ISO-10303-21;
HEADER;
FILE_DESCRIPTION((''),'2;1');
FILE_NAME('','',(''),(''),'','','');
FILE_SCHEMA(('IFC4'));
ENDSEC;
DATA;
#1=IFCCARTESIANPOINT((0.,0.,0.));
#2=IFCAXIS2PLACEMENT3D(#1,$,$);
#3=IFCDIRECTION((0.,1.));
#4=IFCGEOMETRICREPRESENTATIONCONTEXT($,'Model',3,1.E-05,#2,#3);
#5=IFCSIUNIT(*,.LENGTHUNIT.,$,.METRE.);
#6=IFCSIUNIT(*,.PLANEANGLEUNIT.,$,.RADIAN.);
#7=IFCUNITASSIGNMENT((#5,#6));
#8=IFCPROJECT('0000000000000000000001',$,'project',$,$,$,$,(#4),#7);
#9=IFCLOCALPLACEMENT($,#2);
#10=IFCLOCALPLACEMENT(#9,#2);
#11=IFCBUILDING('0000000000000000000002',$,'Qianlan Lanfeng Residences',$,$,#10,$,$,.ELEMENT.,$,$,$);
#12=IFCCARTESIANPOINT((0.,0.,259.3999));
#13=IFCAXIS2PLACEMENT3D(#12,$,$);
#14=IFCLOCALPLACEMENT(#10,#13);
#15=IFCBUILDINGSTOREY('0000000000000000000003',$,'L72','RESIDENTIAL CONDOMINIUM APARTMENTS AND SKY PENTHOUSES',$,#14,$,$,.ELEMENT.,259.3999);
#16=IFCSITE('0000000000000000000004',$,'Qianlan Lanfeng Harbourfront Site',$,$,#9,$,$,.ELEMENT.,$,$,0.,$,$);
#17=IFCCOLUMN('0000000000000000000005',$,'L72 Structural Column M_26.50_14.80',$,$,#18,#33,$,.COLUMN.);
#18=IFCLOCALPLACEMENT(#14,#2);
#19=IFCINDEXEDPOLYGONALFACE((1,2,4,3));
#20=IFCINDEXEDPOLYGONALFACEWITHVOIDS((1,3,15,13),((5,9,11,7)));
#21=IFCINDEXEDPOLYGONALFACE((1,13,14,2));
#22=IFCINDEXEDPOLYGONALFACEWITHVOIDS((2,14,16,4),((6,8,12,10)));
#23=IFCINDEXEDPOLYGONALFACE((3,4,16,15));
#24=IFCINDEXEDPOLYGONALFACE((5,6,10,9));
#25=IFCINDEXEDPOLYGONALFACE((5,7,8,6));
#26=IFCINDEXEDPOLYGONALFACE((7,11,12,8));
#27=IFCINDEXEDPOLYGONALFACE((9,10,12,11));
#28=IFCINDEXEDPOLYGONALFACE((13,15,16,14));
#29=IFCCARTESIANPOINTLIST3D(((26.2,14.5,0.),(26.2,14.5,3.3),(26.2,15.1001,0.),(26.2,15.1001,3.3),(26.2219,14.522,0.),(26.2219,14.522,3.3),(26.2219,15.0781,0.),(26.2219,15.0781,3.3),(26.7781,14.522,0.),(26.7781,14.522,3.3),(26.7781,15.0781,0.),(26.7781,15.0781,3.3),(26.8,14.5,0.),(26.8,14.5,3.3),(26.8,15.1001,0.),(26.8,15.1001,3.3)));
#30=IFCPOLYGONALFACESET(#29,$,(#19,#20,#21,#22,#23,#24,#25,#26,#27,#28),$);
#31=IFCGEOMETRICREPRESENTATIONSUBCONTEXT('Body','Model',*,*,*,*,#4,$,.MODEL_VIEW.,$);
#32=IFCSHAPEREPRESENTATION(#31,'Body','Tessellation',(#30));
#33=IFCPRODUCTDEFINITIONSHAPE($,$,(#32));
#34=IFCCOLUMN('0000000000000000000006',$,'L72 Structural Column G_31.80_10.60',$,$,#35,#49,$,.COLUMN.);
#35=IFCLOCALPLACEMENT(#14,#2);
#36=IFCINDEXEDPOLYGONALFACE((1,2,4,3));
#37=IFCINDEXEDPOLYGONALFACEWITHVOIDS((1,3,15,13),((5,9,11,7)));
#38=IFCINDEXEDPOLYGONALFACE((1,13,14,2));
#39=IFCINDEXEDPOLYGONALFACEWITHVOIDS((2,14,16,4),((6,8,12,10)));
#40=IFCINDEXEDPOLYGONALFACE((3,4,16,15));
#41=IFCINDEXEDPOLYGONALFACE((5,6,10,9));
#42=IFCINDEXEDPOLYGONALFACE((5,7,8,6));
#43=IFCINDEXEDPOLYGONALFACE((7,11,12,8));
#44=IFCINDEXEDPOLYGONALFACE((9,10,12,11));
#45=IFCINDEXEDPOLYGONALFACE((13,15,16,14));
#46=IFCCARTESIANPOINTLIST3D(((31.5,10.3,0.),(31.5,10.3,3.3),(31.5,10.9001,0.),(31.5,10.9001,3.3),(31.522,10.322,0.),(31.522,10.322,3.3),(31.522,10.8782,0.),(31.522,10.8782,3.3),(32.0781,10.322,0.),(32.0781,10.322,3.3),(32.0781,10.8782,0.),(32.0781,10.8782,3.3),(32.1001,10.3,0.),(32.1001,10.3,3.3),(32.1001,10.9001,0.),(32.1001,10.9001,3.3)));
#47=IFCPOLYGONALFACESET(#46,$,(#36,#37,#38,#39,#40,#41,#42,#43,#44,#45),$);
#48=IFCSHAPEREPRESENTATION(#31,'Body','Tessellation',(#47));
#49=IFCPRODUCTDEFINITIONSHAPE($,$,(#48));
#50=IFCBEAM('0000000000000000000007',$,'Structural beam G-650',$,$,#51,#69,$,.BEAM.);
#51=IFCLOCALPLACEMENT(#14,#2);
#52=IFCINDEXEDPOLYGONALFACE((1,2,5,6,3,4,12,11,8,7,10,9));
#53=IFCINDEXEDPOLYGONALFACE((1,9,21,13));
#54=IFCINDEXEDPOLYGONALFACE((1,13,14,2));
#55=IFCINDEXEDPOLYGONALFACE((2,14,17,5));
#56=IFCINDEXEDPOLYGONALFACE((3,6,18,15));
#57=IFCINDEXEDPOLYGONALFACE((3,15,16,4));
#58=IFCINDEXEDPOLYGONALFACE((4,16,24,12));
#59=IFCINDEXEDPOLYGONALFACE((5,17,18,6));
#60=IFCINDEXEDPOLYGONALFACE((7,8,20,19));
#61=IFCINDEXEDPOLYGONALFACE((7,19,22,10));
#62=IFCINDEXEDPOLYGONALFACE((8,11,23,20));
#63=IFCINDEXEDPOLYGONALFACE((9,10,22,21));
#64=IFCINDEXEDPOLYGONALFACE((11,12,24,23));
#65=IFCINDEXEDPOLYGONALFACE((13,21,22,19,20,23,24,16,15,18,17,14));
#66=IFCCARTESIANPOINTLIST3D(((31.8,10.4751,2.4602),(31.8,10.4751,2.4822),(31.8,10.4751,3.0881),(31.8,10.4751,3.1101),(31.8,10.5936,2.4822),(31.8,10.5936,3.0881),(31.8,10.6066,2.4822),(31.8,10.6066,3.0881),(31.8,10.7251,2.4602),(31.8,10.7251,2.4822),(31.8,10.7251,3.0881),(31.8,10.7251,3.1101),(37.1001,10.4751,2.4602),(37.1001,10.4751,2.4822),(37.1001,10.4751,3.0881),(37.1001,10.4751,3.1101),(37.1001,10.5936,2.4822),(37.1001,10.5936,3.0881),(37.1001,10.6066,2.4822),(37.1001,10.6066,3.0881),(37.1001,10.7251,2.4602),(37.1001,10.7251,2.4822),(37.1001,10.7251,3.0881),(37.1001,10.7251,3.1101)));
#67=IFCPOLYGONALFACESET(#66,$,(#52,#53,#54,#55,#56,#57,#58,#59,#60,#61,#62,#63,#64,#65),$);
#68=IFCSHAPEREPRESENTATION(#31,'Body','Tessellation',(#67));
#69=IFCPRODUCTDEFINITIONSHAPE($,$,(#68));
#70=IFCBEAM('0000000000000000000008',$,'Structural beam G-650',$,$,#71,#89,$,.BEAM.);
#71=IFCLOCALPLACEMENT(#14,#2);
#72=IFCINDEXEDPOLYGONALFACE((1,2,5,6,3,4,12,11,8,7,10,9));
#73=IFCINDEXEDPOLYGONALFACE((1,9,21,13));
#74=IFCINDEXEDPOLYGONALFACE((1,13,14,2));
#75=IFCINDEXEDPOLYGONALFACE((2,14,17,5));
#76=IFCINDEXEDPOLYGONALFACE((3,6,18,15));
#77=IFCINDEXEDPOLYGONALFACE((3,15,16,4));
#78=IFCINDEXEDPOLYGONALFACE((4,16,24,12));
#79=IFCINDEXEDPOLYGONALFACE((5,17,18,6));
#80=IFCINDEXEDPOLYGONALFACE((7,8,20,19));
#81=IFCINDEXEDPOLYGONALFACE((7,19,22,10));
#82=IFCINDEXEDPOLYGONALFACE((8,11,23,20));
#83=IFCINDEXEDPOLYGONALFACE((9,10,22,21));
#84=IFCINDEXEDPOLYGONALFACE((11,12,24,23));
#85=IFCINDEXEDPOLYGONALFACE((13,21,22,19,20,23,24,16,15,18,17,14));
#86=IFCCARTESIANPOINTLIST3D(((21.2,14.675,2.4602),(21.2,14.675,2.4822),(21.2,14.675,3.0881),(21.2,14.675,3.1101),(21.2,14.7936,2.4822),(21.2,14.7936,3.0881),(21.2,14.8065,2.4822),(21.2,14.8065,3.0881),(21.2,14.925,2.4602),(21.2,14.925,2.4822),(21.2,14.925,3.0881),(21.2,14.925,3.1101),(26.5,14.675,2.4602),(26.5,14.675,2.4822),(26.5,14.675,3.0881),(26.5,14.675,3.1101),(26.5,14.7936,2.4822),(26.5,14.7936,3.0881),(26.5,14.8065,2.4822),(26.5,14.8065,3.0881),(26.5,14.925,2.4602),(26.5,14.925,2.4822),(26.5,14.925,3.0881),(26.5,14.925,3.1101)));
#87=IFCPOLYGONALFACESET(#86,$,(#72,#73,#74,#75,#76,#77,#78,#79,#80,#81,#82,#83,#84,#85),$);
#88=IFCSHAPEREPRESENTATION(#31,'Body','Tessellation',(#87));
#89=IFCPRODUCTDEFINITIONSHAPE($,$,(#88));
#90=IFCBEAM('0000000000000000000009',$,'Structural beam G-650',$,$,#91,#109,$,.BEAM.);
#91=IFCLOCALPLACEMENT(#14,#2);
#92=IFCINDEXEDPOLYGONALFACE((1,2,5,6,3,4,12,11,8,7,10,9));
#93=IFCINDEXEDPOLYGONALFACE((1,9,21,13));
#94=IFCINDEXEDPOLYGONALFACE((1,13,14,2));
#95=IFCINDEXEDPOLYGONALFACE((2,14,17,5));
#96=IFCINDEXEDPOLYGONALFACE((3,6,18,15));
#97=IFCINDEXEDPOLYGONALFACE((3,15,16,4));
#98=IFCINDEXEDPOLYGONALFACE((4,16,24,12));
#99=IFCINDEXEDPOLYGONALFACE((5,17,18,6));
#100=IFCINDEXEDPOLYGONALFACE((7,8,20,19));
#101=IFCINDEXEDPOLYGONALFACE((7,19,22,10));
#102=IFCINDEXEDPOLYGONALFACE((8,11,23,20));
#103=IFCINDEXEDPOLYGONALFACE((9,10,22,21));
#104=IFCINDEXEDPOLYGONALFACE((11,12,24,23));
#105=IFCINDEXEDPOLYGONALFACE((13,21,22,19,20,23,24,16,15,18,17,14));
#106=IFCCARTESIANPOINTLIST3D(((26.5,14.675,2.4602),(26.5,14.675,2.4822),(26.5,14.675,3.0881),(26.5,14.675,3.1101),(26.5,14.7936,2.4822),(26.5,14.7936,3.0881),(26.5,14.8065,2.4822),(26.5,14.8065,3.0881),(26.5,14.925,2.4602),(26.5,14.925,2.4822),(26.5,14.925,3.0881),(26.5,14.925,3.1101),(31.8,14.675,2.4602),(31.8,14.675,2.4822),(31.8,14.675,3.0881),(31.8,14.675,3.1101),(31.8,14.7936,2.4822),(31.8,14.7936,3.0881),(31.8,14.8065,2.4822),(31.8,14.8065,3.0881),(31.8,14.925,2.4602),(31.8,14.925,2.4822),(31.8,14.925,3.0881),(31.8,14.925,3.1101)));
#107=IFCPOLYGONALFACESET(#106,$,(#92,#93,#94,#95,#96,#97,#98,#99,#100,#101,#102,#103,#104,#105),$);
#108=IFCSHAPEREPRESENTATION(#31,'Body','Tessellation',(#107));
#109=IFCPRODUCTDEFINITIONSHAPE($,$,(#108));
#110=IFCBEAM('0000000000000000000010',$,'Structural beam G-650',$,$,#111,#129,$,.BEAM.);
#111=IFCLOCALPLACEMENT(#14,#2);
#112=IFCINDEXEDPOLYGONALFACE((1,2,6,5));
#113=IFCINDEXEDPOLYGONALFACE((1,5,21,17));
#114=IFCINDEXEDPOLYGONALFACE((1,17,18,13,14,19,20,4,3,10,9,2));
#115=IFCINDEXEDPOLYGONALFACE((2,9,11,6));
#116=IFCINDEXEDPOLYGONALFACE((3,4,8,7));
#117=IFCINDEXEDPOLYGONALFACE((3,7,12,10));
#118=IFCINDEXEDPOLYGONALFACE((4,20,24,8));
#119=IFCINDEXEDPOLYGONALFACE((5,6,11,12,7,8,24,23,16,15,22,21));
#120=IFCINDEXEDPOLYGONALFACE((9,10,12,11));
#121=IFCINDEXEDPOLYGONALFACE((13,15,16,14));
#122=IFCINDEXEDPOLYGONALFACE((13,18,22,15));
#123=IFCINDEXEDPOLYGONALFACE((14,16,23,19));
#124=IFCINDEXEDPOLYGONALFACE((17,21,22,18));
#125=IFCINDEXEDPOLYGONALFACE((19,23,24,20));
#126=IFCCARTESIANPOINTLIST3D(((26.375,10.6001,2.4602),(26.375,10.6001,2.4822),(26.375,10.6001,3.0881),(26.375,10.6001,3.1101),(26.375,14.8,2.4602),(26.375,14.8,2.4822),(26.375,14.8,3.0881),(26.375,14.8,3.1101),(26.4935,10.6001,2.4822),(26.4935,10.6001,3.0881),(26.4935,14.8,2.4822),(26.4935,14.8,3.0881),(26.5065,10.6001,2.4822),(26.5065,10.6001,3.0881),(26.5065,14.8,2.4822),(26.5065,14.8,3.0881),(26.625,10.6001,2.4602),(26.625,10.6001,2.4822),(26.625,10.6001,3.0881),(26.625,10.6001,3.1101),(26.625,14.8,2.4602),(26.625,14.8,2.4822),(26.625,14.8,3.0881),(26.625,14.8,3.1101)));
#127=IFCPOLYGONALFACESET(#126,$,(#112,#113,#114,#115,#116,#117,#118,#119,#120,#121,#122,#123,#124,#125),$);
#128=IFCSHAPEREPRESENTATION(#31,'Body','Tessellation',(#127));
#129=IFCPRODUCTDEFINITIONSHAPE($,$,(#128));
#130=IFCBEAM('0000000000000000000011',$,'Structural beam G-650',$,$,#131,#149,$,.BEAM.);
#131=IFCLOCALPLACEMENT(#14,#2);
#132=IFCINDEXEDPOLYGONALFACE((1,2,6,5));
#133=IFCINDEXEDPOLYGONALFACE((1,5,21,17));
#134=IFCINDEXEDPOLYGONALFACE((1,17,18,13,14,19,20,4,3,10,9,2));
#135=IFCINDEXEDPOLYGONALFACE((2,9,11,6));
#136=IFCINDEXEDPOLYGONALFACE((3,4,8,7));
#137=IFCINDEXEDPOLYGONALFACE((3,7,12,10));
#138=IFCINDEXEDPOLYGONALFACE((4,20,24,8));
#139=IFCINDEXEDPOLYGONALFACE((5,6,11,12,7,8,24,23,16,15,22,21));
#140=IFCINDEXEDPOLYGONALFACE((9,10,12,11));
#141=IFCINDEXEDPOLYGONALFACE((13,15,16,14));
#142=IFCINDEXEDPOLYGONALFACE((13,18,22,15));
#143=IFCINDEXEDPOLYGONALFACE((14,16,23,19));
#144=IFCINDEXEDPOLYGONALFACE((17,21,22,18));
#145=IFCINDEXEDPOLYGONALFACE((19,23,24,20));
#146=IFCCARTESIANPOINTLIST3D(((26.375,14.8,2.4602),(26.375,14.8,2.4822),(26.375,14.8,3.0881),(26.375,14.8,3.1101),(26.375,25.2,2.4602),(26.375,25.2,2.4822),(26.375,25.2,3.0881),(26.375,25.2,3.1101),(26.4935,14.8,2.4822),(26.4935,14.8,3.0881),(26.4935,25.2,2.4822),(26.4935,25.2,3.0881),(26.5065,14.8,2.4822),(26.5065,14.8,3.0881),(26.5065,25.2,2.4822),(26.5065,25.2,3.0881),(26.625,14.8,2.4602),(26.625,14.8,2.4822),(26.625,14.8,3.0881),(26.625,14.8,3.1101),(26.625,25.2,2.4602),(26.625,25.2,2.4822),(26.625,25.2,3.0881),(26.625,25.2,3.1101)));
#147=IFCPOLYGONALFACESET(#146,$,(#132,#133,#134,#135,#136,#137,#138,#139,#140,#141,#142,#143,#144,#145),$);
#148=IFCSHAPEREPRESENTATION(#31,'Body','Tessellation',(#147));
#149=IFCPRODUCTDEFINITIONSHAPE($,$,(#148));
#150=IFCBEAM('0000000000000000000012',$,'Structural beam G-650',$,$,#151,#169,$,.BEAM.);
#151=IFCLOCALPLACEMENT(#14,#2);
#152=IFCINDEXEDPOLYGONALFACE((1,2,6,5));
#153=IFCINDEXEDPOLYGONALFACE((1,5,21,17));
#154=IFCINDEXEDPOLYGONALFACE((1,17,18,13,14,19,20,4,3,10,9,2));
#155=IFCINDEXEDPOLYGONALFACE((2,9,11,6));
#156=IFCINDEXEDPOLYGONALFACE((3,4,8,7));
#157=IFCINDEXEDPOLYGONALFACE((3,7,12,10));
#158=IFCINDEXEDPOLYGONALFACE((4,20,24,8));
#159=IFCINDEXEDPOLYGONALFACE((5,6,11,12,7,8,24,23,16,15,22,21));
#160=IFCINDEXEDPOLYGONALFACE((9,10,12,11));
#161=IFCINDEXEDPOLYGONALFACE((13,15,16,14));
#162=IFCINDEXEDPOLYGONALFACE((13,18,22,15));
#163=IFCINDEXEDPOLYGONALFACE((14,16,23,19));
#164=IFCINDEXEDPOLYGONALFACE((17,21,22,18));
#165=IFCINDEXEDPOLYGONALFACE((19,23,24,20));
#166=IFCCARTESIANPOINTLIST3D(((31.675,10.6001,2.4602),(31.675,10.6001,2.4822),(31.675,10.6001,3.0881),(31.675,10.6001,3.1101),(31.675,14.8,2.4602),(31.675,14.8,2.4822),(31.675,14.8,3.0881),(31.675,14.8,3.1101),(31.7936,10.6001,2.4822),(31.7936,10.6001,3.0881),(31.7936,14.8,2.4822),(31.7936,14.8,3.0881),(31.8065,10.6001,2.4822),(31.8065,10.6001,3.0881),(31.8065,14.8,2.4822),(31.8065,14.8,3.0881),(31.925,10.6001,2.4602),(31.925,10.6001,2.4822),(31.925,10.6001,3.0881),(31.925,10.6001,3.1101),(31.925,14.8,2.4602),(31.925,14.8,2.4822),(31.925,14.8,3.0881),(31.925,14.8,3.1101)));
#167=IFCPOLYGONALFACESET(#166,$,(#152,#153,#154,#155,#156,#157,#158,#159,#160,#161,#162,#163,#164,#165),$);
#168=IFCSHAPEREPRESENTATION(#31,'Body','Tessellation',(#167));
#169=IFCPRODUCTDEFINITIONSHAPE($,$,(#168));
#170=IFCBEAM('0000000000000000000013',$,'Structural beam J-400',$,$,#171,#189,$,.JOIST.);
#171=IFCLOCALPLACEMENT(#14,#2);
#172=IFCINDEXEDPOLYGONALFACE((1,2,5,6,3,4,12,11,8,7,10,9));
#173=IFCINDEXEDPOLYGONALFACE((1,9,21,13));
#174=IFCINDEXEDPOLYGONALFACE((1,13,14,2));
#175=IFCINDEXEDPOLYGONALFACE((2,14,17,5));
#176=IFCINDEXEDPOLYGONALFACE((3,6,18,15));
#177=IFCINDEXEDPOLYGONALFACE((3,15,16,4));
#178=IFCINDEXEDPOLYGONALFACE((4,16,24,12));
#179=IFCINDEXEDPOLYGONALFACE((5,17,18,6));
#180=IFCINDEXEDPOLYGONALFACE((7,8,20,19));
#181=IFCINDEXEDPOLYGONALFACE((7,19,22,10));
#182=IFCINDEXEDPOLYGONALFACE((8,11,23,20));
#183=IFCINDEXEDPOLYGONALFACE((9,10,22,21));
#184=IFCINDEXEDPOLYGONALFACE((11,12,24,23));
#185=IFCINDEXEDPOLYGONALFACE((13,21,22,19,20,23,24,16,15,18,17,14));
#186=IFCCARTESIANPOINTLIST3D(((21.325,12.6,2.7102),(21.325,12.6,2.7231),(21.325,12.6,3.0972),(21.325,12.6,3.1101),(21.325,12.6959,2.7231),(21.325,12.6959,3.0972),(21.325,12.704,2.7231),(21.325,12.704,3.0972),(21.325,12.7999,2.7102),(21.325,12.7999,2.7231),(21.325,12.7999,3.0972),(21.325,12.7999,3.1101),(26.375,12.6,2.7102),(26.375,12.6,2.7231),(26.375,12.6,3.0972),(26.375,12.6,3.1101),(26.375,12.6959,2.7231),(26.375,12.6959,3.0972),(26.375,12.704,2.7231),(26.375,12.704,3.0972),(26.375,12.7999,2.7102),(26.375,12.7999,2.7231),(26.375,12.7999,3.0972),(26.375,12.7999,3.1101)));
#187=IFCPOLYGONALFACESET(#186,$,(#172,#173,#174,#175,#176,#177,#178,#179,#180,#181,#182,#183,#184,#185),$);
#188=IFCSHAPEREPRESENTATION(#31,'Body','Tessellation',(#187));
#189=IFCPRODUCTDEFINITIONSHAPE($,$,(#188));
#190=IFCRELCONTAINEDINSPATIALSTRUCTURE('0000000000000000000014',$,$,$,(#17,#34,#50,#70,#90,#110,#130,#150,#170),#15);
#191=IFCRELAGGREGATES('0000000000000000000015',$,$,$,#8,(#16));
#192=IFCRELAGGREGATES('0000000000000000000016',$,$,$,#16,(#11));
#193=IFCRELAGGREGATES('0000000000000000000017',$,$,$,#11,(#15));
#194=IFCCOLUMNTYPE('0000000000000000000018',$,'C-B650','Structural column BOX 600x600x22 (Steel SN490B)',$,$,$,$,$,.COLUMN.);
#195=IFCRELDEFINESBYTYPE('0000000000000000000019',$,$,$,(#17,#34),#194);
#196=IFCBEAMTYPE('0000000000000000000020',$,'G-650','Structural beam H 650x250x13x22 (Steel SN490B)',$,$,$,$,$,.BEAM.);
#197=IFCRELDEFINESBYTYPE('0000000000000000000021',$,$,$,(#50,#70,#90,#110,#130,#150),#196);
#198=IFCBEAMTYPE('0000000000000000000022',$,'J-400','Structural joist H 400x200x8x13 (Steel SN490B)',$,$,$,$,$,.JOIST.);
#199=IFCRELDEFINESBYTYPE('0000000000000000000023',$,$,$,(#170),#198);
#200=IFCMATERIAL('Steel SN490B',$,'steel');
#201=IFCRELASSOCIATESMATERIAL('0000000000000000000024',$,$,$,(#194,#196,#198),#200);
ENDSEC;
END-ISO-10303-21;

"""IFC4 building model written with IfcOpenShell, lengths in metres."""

from ifc_helpers import new_model, si_unit, direction, frame, origin, origin_2d, place, context, subcontext, project, spatial, hollow_rectangle, i_section, extrude, material, material_profile, profile_set, type_object, element, save


model = new_model("IFC4")

# Units and contexts
model_context = context("Model", 3, precision=1e-05, world=origin(), true_north=direction((0.0, 1.0)))
body_context = subcontext(model_context, "Body", "Model", "MODEL_VIEW")
ifc_project = project(units=[si_unit("LENGTHUNIT", "METRE"), si_unit("PLANEANGLEUNIT", "RADIAN")], contexts=[model_context])

# Site, building, storey
site_placement = place(None, origin())
site = spatial("IfcSite", under=ifc_project, at=site_placement, Name="Qianlan Lanfeng Harbourfront Site", CompositionType="ELEMENT", RefElevation=0.0)
building_placement = place(site_placement, origin())
building = spatial("IfcBuilding", under=site, at=building_placement, Name="Qianlan Lanfeng Residences", CompositionType="ELEMENT")
storey_placement = place(building_placement, frame((0.0, 0.0, 259.3999)))
storey = spatial("IfcBuildingStorey", under=building, at=storey_placement, Name="L72", Description="RESIDENTIAL CONDOMINIUM APARTMENTS AND SKY PENTHOUSES", CompositionType="ELEMENT", Elevation=259.3999)

# Columns
ifc_material_1 = material(Name="Steel SN490B", Category="steel")
ifc_material_profile_1 = material_profile(ifc_material_1, hollow_rectangle(XDim=0.6001, YDim=0.6001, WallThickness=0.022, at=origin_2d()), Name="BOX 600x600x22")
ifc_profile_set_1 = profile_set([ifc_material_profile_1], Name="Steel SN490B")
column_type = type_object("IfcColumnType", Name="C-B650", Description="Structural column BOX 600x600x22 (Steel SN490B)", PredefinedType="COLUMN", material=ifc_profile_set_1)
for number, where, z_axis, x_axis, name in (
    (1, (26.5, 14.8, 0.0), (0.0, 0.0, 1.0), (1.0, 0.0, 0.0), "L72 Structural Column M_26.50_14.80"),
    (2, (31.8, 10.6001, 0.0), (0.0, 0.0, 1.0), (1.0, 0.0, 0.0), "L72 Structural Column G_31.80_10.60"),
):
    element("IfcColumn", number, at=place(storey_placement, frame(where, z_axis=z_axis, x_axis=x_axis)), inside=storey, type_object=column_type, Name=name, PredefinedType="COLUMN", context=body_context, shape_type="SweptSolid", body=[
        extrude(hollow_rectangle(XDim=0.6001, YDim=0.6001, WallThickness=0.022, at=origin_2d()), origin(), (0.0, 0.0, 1.0), 3.3),
    ])

# Beams
ifc_material_profile_2 = material_profile(ifc_material_1, i_section(OverallWidth=0.25, OverallDepth=0.6499, WebThickness=0.0129, FlangeThickness=0.022, at=origin_2d()), Name="H 650x250x13x22")
ifc_profile_set_2 = profile_set([ifc_material_profile_2], Name="Steel SN490B")
beam_type_1 = type_object("IfcBeamType", Name="G-650", Description="Structural beam H 650x250x13x22 (Steel SN490B)", PredefinedType="BEAM", material=ifc_profile_set_2)
for number, where, z_axis, x_axis, name in (
    (3, (31.8, 10.6001, 2.7852), (1.0, 0.0, 0.0), (0.0, 1.0, 0.0), "Structural beam G-650"),
    (4, (21.2, 14.8, 2.7852), (1.0, 0.0, 0.0), (0.0, 1.0, 0.0), "Structural beam G-650"),
    (5, (26.5, 14.8, 2.7852), (1.0, 0.0, 0.0), (0.0, 1.0, 0.0), "Structural beam G-650"),
):
    element("IfcBeam", number, at=place(storey_placement, frame(where, z_axis=z_axis, x_axis=x_axis)), inside=storey, type_object=beam_type_1, Name=name, PredefinedType="BEAM", context=body_context, shape_type="SweptSolid", body=[
        extrude(i_section(OverallWidth=0.25, OverallDepth=0.6499, WebThickness=0.0129, FlangeThickness=0.022, at=origin_2d()), origin(), (0.0, 0.0, 1.0), 5.3),
    ])
beam_1_placement = place(storey_placement, frame((26.5, 10.6001, 2.7852), z_axis=(0.0, 1.0, 0.0), x_axis=(-1.0, 0.0, 0.0)))
element("IfcBeam", 6, at=beam_1_placement, inside=storey, type_object=beam_type_1, Name="Structural beam G-650", PredefinedType="BEAM", context=body_context, shape_type="SweptSolid", body=[
    extrude(i_section(OverallWidth=0.25, OverallDepth=0.6499, WebThickness=0.0129, FlangeThickness=0.022, at=origin_2d()), origin(), (0.0, 0.0, 1.0), 4.2),
])
beam_2_placement = place(storey_placement, frame((26.5, 14.8, 2.7852), z_axis=(0.0, 1.0, 0.0), x_axis=(-1.0, 0.0, 0.0)))
element("IfcBeam", 7, at=beam_2_placement, inside=storey, type_object=beam_type_1, Name="Structural beam G-650", PredefinedType="BEAM", context=body_context, shape_type="SweptSolid", body=[
    extrude(i_section(OverallWidth=0.25, OverallDepth=0.6499, WebThickness=0.0129, FlangeThickness=0.022, at=origin_2d()), origin(), (0.0, 0.0, 1.0), 10.3999),
])
beam_3_placement = place(storey_placement, frame((31.8, 10.6001, 2.7852), z_axis=(0.0, 1.0, 0.0), x_axis=(-1.0, 0.0, 0.0)))
element("IfcBeam", 8, at=beam_3_placement, inside=storey, type_object=beam_type_1, Name="Structural beam G-650", PredefinedType="BEAM", context=body_context, shape_type="SweptSolid", body=[
    extrude(i_section(OverallWidth=0.25, OverallDepth=0.6499, WebThickness=0.0129, FlangeThickness=0.022, at=origin_2d()), origin(), (0.0, 0.0, 1.0), 4.2),
])
ifc_material_profile_3 = material_profile(ifc_material_1, i_section(OverallWidth=0.2, OverallDepth=0.3999, WebThickness=0.0081, FlangeThickness=0.0129, at=origin_2d()), Name="H 400x200x8x13")
ifc_profile_set_3 = profile_set([ifc_material_profile_3], Name="Steel SN490B")
beam_type_2 = type_object("IfcBeamType", Name="J-400", Description="Structural joist H 400x200x8x13 (Steel SN490B)", PredefinedType="JOIST", material=ifc_profile_set_3)
for number, where, z_axis, x_axis, name in (
    (9, (21.325, 12.7, 2.9102), (1.0, 0.0, 0.0), (0.0, 1.0, 0.0), "Structural beam J-400"),
):
    element("IfcBeam", number, at=place(storey_placement, frame(where, z_axis=z_axis, x_axis=x_axis)), inside=storey, type_object=beam_type_2, Name=name, PredefinedType="JOIST", context=body_context, shape_type="SweptSolid", body=[
        extrude(i_section(OverallWidth=0.2, OverallDepth=0.3999, WebThickness=0.0081, FlangeThickness=0.0129, at=origin_2d()), origin(), (0.0, 0.0, 1.0), 5.05),
    ])

save(model, "model.ifc")
